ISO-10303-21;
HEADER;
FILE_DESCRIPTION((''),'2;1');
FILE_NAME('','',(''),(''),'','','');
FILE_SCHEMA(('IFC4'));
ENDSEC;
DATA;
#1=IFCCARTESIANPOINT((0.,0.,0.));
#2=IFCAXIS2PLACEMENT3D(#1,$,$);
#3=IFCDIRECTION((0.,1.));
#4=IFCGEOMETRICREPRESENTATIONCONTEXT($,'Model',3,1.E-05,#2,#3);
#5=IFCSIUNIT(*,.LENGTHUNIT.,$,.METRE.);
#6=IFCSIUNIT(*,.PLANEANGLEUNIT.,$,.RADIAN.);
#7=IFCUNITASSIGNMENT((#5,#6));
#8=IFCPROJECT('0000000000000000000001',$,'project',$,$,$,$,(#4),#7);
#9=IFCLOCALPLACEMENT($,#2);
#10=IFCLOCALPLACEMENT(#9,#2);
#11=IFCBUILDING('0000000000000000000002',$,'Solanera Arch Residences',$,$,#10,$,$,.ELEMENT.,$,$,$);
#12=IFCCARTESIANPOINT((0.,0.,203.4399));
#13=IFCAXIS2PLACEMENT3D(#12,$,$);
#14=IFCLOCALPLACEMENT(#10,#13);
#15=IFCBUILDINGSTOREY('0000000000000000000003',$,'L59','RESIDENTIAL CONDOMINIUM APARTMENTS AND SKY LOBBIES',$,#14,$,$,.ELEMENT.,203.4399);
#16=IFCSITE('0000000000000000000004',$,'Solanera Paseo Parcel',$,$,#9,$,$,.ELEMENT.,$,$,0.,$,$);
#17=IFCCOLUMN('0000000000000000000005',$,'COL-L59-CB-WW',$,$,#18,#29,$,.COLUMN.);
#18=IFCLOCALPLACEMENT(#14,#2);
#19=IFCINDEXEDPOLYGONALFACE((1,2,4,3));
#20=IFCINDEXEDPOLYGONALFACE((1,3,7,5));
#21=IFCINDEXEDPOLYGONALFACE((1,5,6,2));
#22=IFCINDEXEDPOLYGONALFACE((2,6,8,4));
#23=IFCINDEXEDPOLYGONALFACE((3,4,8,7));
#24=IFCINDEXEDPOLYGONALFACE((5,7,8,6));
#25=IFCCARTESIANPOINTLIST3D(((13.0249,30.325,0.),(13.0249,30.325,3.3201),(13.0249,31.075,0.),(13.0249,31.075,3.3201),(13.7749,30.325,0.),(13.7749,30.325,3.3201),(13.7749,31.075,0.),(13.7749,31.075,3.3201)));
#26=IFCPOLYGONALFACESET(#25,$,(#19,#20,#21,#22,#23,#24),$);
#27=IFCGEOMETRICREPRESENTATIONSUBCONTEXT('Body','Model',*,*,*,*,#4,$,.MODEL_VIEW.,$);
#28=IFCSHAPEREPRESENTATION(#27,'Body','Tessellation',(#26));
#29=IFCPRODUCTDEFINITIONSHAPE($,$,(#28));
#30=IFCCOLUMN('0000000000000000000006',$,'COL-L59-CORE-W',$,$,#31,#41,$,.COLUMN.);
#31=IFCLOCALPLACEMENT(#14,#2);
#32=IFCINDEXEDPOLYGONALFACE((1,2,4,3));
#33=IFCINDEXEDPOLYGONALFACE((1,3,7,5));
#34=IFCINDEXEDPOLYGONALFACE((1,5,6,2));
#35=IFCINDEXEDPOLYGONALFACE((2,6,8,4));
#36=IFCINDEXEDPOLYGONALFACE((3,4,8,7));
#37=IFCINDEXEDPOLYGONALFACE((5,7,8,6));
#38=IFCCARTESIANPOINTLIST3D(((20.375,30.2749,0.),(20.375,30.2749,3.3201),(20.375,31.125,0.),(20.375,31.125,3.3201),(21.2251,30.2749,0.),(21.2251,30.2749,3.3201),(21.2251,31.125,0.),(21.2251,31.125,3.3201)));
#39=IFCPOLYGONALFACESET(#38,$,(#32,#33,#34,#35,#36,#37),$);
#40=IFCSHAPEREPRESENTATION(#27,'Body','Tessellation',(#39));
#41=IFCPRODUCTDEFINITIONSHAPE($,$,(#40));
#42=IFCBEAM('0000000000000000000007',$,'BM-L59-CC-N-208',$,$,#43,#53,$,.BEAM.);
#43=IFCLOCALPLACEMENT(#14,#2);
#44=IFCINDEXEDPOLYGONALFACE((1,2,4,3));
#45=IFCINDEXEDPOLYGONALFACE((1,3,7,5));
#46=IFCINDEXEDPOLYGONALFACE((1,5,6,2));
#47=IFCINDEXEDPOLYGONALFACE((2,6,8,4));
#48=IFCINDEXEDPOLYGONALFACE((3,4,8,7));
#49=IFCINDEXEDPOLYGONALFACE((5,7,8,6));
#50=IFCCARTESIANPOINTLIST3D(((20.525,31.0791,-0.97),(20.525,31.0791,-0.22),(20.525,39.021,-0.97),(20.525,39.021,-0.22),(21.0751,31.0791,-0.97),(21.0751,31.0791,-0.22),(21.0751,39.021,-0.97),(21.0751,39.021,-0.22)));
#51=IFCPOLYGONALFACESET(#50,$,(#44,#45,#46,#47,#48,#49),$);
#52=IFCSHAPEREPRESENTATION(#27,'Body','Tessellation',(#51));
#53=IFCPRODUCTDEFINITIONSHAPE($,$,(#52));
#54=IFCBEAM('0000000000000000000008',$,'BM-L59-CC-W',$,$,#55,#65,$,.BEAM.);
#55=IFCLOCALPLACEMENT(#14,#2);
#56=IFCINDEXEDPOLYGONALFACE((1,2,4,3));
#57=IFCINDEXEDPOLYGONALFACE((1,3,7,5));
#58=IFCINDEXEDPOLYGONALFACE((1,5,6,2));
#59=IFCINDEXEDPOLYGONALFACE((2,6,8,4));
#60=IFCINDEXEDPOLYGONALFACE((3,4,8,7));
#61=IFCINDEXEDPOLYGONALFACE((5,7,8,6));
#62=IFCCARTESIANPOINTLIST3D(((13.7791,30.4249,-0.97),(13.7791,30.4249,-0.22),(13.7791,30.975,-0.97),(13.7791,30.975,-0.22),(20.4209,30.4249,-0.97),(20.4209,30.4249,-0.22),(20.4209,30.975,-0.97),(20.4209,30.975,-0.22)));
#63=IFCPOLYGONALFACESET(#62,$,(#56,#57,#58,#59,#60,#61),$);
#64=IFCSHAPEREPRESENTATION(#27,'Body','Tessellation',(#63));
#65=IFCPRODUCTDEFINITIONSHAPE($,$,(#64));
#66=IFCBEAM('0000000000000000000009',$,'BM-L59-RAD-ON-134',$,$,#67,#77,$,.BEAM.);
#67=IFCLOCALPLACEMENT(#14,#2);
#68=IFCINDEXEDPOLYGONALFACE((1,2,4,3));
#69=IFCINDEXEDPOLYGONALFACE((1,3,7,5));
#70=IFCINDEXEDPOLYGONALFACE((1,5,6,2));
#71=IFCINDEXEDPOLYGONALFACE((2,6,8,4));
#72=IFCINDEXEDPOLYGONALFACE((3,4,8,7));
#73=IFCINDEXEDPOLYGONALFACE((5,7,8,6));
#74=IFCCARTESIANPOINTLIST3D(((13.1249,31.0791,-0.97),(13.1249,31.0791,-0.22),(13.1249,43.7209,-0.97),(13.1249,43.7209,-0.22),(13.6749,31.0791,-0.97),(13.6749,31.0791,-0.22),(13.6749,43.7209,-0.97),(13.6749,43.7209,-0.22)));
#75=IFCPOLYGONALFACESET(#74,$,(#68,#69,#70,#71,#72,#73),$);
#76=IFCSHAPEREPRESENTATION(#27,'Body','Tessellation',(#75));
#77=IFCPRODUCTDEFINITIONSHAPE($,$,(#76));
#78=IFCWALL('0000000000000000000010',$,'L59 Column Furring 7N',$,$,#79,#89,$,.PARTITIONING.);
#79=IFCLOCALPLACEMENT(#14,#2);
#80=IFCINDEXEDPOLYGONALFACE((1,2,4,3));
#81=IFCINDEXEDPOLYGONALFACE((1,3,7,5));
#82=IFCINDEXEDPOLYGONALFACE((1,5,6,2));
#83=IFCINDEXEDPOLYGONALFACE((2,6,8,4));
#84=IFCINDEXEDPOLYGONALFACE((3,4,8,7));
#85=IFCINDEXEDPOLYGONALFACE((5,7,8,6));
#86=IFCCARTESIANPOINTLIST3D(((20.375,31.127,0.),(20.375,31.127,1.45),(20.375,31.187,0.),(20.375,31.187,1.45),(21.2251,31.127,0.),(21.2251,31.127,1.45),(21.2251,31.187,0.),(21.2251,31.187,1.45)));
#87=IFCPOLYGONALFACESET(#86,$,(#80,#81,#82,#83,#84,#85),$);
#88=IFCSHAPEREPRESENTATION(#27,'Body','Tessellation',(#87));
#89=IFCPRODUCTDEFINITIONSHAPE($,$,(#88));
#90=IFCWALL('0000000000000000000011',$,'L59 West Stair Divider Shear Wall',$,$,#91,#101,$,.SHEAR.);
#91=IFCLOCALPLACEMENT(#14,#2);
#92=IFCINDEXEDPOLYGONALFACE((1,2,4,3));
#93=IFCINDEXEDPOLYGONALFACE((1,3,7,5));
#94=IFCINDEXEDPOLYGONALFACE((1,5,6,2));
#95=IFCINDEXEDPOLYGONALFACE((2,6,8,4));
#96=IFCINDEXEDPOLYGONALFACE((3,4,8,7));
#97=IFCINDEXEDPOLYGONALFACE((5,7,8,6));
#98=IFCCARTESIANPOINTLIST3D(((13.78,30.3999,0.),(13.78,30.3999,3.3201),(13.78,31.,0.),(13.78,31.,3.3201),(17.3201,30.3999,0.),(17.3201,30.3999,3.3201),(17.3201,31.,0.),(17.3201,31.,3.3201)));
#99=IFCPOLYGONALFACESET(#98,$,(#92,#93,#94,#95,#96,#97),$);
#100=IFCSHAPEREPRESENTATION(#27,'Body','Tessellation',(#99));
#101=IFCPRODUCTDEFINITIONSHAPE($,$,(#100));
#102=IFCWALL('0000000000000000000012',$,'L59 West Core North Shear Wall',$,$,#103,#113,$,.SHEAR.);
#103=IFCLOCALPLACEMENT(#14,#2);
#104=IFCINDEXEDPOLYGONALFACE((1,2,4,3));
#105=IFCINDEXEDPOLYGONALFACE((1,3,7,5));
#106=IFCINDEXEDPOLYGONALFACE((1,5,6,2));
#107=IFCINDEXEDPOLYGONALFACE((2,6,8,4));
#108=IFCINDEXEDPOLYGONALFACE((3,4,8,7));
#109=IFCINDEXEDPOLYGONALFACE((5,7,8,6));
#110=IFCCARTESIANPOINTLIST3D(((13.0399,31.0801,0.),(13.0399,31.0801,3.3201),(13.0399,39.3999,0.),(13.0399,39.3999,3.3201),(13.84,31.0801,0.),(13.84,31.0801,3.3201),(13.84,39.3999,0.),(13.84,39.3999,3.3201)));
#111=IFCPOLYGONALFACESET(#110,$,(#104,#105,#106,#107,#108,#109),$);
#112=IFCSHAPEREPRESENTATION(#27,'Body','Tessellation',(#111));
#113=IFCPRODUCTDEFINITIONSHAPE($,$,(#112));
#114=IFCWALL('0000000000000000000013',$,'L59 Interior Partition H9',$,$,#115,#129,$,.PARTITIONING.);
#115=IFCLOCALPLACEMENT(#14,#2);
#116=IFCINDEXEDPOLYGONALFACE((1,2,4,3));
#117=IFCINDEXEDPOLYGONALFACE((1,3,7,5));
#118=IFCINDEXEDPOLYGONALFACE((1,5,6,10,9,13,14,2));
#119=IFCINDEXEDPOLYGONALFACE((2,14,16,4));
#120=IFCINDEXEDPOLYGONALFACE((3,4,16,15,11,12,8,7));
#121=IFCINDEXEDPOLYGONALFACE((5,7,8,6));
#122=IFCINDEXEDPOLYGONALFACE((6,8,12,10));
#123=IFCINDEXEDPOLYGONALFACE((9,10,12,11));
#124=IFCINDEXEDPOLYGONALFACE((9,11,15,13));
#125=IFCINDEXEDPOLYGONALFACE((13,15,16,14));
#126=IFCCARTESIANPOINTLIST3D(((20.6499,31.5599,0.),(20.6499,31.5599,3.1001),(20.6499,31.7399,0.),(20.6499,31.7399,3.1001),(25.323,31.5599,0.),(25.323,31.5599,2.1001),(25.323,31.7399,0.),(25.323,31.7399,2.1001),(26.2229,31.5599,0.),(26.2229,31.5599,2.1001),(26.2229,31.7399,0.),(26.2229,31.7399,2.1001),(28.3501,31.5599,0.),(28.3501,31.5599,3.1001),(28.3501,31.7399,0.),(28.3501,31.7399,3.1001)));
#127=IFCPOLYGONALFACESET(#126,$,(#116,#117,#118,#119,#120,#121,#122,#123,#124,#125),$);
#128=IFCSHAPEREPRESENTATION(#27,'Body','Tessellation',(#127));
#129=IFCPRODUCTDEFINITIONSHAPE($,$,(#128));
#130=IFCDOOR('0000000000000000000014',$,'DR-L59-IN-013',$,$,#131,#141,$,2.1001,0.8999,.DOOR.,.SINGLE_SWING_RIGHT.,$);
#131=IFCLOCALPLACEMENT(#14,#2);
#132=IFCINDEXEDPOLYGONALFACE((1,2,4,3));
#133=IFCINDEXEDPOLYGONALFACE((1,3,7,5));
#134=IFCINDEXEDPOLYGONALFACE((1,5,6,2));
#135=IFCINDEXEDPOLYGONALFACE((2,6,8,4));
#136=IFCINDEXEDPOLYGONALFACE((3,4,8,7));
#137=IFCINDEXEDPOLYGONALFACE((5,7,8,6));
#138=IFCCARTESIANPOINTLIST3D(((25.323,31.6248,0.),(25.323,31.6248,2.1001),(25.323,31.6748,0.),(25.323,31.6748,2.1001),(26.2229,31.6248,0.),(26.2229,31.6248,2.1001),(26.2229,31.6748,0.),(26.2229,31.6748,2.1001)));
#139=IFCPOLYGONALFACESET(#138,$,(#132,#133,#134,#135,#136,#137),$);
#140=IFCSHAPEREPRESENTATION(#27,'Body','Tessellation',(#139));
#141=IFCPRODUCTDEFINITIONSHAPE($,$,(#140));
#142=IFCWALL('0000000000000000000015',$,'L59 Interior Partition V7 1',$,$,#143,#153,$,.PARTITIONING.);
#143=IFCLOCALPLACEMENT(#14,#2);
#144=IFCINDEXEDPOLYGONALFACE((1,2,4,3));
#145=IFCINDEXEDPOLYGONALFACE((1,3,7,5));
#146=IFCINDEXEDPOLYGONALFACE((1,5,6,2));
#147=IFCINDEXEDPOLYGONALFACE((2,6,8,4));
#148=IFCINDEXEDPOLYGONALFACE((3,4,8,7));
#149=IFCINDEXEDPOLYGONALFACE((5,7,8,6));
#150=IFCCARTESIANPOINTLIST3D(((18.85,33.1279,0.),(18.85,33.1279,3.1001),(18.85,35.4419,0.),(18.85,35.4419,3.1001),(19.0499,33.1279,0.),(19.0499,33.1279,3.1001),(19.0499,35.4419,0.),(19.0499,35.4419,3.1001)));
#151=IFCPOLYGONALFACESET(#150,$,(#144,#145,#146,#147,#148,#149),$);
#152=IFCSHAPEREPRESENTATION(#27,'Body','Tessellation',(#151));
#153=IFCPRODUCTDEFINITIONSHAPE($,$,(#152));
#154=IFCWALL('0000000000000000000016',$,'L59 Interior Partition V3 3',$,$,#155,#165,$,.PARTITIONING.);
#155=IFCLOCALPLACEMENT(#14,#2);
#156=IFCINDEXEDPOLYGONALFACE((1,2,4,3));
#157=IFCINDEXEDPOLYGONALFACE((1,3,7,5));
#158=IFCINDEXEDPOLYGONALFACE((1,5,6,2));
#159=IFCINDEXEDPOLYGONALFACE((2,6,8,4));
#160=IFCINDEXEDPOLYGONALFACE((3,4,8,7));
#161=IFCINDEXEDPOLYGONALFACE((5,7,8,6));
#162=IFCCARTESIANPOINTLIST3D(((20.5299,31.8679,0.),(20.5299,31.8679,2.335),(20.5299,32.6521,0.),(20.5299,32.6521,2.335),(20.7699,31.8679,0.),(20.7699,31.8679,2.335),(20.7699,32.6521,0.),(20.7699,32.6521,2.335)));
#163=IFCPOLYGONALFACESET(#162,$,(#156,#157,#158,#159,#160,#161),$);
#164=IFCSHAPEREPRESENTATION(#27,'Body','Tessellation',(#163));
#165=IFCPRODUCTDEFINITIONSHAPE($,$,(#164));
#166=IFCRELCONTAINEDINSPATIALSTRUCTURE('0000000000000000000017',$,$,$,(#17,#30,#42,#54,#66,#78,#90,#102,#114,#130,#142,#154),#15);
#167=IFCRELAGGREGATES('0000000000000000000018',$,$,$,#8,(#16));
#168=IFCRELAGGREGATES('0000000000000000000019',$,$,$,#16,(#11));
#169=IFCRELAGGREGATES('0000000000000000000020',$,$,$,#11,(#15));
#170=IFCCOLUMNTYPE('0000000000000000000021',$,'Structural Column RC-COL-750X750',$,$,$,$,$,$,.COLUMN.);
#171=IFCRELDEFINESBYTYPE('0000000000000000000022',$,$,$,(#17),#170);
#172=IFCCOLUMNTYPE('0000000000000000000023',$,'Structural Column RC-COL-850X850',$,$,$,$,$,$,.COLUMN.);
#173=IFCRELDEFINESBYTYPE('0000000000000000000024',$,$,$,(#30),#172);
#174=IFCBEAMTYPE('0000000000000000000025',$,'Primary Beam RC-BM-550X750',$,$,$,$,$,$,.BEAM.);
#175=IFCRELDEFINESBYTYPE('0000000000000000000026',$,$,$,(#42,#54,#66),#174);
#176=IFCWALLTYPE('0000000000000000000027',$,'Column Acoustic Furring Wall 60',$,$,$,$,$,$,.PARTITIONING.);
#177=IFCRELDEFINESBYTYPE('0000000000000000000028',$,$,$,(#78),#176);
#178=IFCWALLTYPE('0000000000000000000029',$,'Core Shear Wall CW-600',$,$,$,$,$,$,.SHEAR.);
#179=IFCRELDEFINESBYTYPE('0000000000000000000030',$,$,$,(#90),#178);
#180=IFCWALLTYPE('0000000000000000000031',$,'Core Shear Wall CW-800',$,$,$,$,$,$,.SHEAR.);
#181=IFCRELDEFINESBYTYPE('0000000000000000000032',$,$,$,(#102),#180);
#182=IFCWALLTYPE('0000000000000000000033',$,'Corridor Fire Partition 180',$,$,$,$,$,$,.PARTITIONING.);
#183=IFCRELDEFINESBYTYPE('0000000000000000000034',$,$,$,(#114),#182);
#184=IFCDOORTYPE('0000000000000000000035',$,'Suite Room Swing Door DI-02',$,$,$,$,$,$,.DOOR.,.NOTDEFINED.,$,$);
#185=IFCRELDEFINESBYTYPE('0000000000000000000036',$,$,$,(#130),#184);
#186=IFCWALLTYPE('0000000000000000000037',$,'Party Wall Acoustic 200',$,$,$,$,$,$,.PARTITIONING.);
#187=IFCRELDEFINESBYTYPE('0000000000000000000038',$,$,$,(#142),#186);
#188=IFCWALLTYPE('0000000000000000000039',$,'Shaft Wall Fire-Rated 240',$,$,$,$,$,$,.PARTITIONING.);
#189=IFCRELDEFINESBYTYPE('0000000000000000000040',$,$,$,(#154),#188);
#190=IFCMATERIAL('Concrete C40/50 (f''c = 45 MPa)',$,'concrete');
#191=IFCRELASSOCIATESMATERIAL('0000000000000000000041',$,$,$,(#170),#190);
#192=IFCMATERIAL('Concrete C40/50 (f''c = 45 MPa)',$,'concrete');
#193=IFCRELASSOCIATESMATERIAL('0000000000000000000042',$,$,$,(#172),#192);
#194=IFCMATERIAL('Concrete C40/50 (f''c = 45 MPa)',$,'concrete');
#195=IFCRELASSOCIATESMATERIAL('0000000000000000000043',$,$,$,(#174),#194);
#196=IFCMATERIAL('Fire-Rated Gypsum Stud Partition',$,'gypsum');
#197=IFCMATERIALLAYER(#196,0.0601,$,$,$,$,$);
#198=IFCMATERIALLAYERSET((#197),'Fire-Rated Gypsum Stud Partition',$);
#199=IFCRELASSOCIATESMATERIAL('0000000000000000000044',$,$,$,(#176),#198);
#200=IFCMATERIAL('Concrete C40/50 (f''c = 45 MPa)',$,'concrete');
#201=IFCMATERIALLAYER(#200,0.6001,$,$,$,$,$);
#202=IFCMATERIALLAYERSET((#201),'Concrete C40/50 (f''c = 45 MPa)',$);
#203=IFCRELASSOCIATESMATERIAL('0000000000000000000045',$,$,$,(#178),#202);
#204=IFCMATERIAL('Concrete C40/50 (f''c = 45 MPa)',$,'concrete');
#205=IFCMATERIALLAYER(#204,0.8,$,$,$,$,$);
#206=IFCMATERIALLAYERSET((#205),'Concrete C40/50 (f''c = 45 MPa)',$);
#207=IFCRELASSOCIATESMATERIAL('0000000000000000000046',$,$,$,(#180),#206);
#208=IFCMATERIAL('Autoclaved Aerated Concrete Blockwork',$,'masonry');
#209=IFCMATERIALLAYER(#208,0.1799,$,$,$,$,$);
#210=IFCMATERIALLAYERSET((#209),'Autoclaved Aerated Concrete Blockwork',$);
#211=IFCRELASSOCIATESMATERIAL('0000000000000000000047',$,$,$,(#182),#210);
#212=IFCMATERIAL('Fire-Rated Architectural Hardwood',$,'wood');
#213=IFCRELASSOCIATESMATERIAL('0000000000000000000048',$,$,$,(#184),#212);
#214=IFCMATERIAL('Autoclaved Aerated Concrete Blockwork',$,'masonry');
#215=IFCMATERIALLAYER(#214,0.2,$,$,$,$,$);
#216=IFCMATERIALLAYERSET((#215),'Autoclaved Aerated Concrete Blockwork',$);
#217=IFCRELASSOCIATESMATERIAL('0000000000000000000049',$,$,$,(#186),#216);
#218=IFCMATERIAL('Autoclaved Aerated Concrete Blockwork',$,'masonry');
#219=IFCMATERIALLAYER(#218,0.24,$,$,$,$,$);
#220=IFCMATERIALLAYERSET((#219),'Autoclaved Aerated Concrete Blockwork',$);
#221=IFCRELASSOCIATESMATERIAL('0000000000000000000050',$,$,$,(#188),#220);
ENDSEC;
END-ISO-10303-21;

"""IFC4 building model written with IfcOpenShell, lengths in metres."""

from ifc_helpers import new_model, si_unit, direction, frame, frame_2d, origin, origin_2d, place, context, subcontext, project, spatial, rectangle, extrude, material, layer, layer_set, material_profile, profile_set, type_object, element, fill, save


model = new_model("IFC4")

# Units and contexts
model_context = context("Model", 3, precision=1e-05, world=origin(), true_north=direction((0.0, 1.0)))
body_context = subcontext(model_context, "Body", "Model", "MODEL_VIEW")
ifc_project = project(units=[si_unit("LENGTHUNIT", "METRE"), si_unit("PLANEANGLEUNIT", "RADIAN")], contexts=[model_context])

# Site, building, storey
site_placement = place(None, origin())
site = spatial("IfcSite", under=ifc_project, at=site_placement, Name="Solanera Paseo Parcel", CompositionType="ELEMENT", RefElevation=0.0)
building_placement = place(site_placement, origin())
building = spatial("IfcBuilding", under=site, at=building_placement, Name="Solanera Arch Residences", CompositionType="ELEMENT")
storey_placement = place(building_placement, frame((0.0, 0.0, 203.4399)))
storey = spatial("IfcBuildingStorey", under=building, at=storey_placement, Name="L59", Description="RESIDENTIAL CONDOMINIUM APARTMENTS AND SKY LOBBIES", CompositionType="ELEMENT", Elevation=203.4399)

# Columns
ifc_material_1 = material(Name="Concrete C40/50 (f'c = 45 MPa)", Category="concrete")
ifc_material_profile_1 = material_profile(ifc_material_1, rectangle(XDim=0.75, YDim=0.75, at=origin_2d()))
ifc_profile_set_1 = profile_set([ifc_material_profile_1], Name="Concrete C40/50 (f'c = 45 MPa)")
column_type_1 = type_object("IfcColumnType", Name="Structural Column RC-COL-750X750", PredefinedType="COLUMN", material=ifc_profile_set_1)
column_1_placement = place(storey_placement, frame((13.3999, 30.7, 0.0), z_axis=(0.0, 0.0, 1.0), x_axis=(1.0, 0.0, 0.0)))
element("IfcColumn", 1, at=column_1_placement, inside=storey, type_object=column_type_1, Name="COL-L59-CB-WW", PredefinedType="COLUMN", context=body_context, shape_type="SweptSolid", body=[
    extrude(rectangle(XDim=0.75, YDim=0.75, at=origin_2d()), origin(), (0.0, 0.0, 1.0), 3.3201),
])
ifc_material_2 = material(Name="Concrete C40/50 (f'c = 45 MPa)", Category="concrete")
ifc_material_profile_2 = material_profile(ifc_material_2, rectangle(XDim=0.8501, YDim=0.8501, at=origin_2d()))
ifc_profile_set_2 = profile_set([ifc_material_profile_2], Name="Concrete C40/50 (f'c = 45 MPa)")
column_type_2 = type_object("IfcColumnType", Name="Structural Column RC-COL-850X850", PredefinedType="COLUMN", material=ifc_profile_set_2)
column_2_placement = place(storey_placement, frame((20.8, 30.7, 0.0), z_axis=(0.0, 0.0, 1.0), x_axis=(1.0, 0.0, 0.0)))
element("IfcColumn", 2, at=column_2_placement, inside=storey, type_object=column_type_2, Name="COL-L59-CORE-W", PredefinedType="COLUMN", context=body_context, shape_type="SweptSolid", body=[
    extrude(rectangle(XDim=0.8501, YDim=0.8501, at=origin_2d()), origin(), (0.0, 0.0, 1.0), 3.3201),
])

# Beams
ifc_material_3 = material(Name="Concrete C40/50 (f'c = 45 MPa)", Category="concrete")
ifc_material_profile_3 = material_profile(ifc_material_3, rectangle(XDim=0.55, YDim=0.75, at=origin_2d()))
ifc_profile_set_3 = profile_set([ifc_material_profile_3], Name="Concrete C40/50 (f'c = 45 MPa)")
beam_type = type_object("IfcBeamType", Name="Primary Beam RC-BM-550X750", PredefinedType="BEAM", material=ifc_profile_set_3)
beam_1_placement = place(storey_placement, frame((20.8, 31.0791, -0.595), z_axis=(0.0, 1.0, 0.0), x_axis=(-1.0, 0.0, 0.0)))
element("IfcBeam", 3, at=beam_1_placement, inside=storey, type_object=beam_type, Name="BM-L59-CC-N-208", PredefinedType="BEAM", context=body_context, shape_type="SweptSolid", body=[
    extrude(rectangle(XDim=0.55, YDim=0.75, at=origin_2d()), origin(), (0.0, 0.0, 1.0), 7.9419),
])
beam_2_placement = place(storey_placement, frame((13.7791, 30.7, -0.595), z_axis=(1.0, 0.0, 0.0), x_axis=(0.0, 1.0, 0.0)))
element("IfcBeam", 4, at=beam_2_placement, inside=storey, type_object=beam_type, Name="BM-L59-CC-W", PredefinedType="BEAM", context=body_context, shape_type="SweptSolid", body=[
    extrude(rectangle(XDim=0.55, YDim=0.75, at=origin_2d()), origin(), (0.0, 0.0, 1.0), 6.6418),
])
beam_3_placement = place(storey_placement, frame((13.3999, 31.0791, -0.595), z_axis=(0.0, 1.0, 0.0), x_axis=(-1.0, 0.0, 0.0)))
element("IfcBeam", 5, at=beam_3_placement, inside=storey, type_object=beam_type, Name="BM-L59-RAD-ON-134", PredefinedType="BEAM", context=body_context, shape_type="SweptSolid", body=[
    extrude(rectangle(XDim=0.55, YDim=0.75, at=origin_2d()), origin(), (0.0, 0.0, 1.0), 12.6418),
])

# Wall
ifc_material_4 = material(Name="Fire-Rated Gypsum Stud Partition", Category="gypsum")
ifc_layer_1 = layer(ifc_material_4, 0.0601)
ifc_layer_set_1 = layer_set([ifc_layer_1], Name="Fire-Rated Gypsum Stud Partition")
wall_type_1 = type_object("IfcWallType", Name="Column Acoustic Furring Wall 60", PredefinedType="PARTITIONING", material=ifc_layer_set_1)
wall_1_placement = place(storey_placement, frame((20.375, 31.157, 0.0), z_axis=(0.0, 0.0, 1.0), x_axis=(1.0, 0.0, 0.0)))
element("IfcWall", 6, at=wall_1_placement, inside=storey, type_object=wall_type_1, Name="L59 Column Furring 7N", PredefinedType="PARTITIONING", context=body_context, shape_type="SweptSolid", body=[
    extrude(rectangle(XDim=0.8501, YDim=0.0601, at=frame_2d((0.425, 0.0))), origin(), (0.0, 0.0, 1.0), 1.45),
])

# Walls
ifc_material_5 = material(Name="Concrete C40/50 (f'c = 45 MPa)", Category="concrete")
ifc_layer_2 = layer(ifc_material_5, 0.6001)
ifc_layer_set_2 = layer_set([ifc_layer_2], Name="Concrete C40/50 (f'c = 45 MPa)")
wall_type_2 = type_object("IfcWallType", Name="Core Shear Wall CW-600", PredefinedType="SHEAR", material=ifc_layer_set_2)
wall_2_placement = place(storey_placement, frame((13.78, 30.7, 0.0), z_axis=(0.0, 0.0, 1.0), x_axis=(1.0, 0.0, 0.0)))
element("IfcWall", 7, at=wall_2_placement, inside=storey, type_object=wall_type_2, Name="L59 West Stair Divider Shear Wall", PredefinedType="SHEAR", context=body_context, shape_type="SweptSolid", body=[
    extrude(rectangle(XDim=3.54, YDim=0.6001, at=frame_2d((1.77, 0.0))), origin(), (0.0, 0.0, 1.0), 3.3201),
])
ifc_material_6 = material(Name="Concrete C40/50 (f'c = 45 MPa)", Category="concrete")
ifc_layer_3 = layer(ifc_material_6, 0.8)
ifc_layer_set_3 = layer_set([ifc_layer_3], Name="Concrete C40/50 (f'c = 45 MPa)")
wall_type_3 = type_object("IfcWallType", Name="Core Shear Wall CW-800", PredefinedType="SHEAR", material=ifc_layer_set_3)
wall_3_placement = place(storey_placement, frame((13.4399, 31.0801, 0.0), z_axis=(0.0, 0.0, 1.0), x_axis=(0.0, 1.0, 0.0)))
element("IfcWall", 8, at=wall_3_placement, inside=storey, type_object=wall_type_3, Name="L59 West Core North Shear Wall", PredefinedType="SHEAR", context=body_context, shape_type="SweptSolid", body=[
    extrude(rectangle(XDim=8.3198, YDim=0.8, at=frame_2d((4.1599, 0.0))), origin(), (0.0, 0.0, 1.0), 3.3201),
])

# Wall, opening, door
ifc_material_7 = material(Name="Autoclaved Aerated Concrete Blockwork", Category="masonry")
ifc_layer_4 = layer(ifc_material_7, 0.1799)
ifc_layer_set_4 = layer_set([ifc_layer_4], Name="Autoclaved Aerated Concrete Blockwork")
wall_type_4 = type_object("IfcWallType", Name="Corridor Fire Partition 180", PredefinedType="PARTITIONING", material=ifc_layer_set_4)
wall_4_placement = place(storey_placement, frame((20.6499, 31.6499, 0.0), z_axis=(0.0, 0.0, 1.0), x_axis=(1.0, 0.0, 0.0)))
wall_4 = element("IfcWall", 9, at=wall_4_placement, inside=storey, type_object=wall_type_4, Name="L59 Interior Partition H9", PredefinedType="PARTITIONING", context=body_context, shape_type="SweptSolid", body=[
    extrude(rectangle(XDim=7.7002, YDim=0.1799, at=frame_2d((3.8501, 0.0))), origin(), (0.0, 0.0, 1.0), 3.1001),
])
opening_1_placement = place(wall_4_placement, frame((4.6731, 0.0, 0.0)))
opening_1 = element("IfcOpeningElement", 10, at=opening_1_placement, cuts=wall_4, PredefinedType="OPENING", context=body_context, shape_type="SweptSolid", body=[
    extrude(rectangle(XDim=0.8999, YDim=2.1001, at=frame_2d((0.45, 1.05))), frame((0.0, 0.1001, 0.0), z_axis=(0.0, -1.0, 0.0), x_axis=(1.0, 0.0, 0.0)), (0.0, 0.0, 1.0), 0.1999),
])
ifc_material_8 = material(Name="Fire-Rated Architectural Hardwood", Category="wood")
door_type_1 = type_object("IfcDoorType", Name="Suite Room Swing Door DI-02", OperationType="NOTDEFINED", PredefinedType="DOOR", material=ifc_material_8)
door_1_placement = place(opening_1_placement, origin())
door_1 = element("IfcDoor", 11, at=door_1_placement, inside=storey, type_object=door_type_1, Name="DR-L59-IN-013", OperationType="SINGLE_SWING_RIGHT", OverallHeight=2.1001, OverallWidth=0.8999, PredefinedType="DOOR", context=body_context, shape_type="SweptSolid", body=[
    extrude(rectangle(XDim=0.8999, YDim=2.1001, at=frame_2d((0.45, 1.05))), frame((0.0, 0.0249, 0.0), z_axis=(0.0, -1.0, 0.0), x_axis=(1.0, 0.0, 0.0)), (0.0, 0.0, 1.0), 0.05),
])
fill(opening_1, door_1)

# Wall
ifc_material_9 = material(Name="Autoclaved Aerated Concrete Blockwork", Category="masonry")
ifc_layer_5 = layer(ifc_material_9, 0.2)
ifc_layer_set_5 = layer_set([ifc_layer_5], Name="Autoclaved Aerated Concrete Blockwork")
wall_type_5 = type_object("IfcWallType", Name="Party Wall Acoustic 200", PredefinedType="PARTITIONING", material=ifc_layer_set_5)
wall_5_placement = place(storey_placement, frame((18.95, 33.1279, 0.0), z_axis=(0.0, 0.0, 1.0), x_axis=(0.0, 1.0, 0.0)))
element("IfcWall", 12, at=wall_5_placement, inside=storey, type_object=wall_type_5, Name="L59 Interior Partition V7 1", PredefinedType="PARTITIONING", context=body_context, shape_type="SweptSolid", body=[
    extrude(rectangle(XDim=2.314, YDim=0.2, at=frame_2d((1.157, 0.0))), origin(), (0.0, 0.0, 1.0), 3.1001),
])

# Shared definitions
ifc_material_10 = material(Name="Autoclaved Aerated Concrete Blockwork", Category="masonry")
ifc_layer_6 = layer(ifc_material_10, 0.24)
ifc_layer_set_6 = layer_set([ifc_layer_6], Name="Autoclaved Aerated Concrete Blockwork")
wall_type_6 = type_object("IfcWallType", Name="Shaft Wall Fire-Rated 240", PredefinedType="PARTITIONING", material=ifc_layer_set_6)

# Wall
wall_6_placement = place(storey_placement, frame((20.6499, 31.8679, 0.0), z_axis=(0.0, 0.0, 1.0), x_axis=(0.0, 1.0, 0.0)))
element("IfcWall", 13, at=wall_6_placement, inside=storey, type_object=wall_type_6, Name="L59 Interior Partition V3 3", PredefinedType="PARTITIONING", context=body_context, shape_type="SweptSolid", body=[
    extrude(rectangle(XDim=0.7842, YDim=0.24, at=frame_2d((0.3921, 0.0))), origin(), (0.0, 0.0, 1.0), 2.335),
])

save(model, "model.ifc")
